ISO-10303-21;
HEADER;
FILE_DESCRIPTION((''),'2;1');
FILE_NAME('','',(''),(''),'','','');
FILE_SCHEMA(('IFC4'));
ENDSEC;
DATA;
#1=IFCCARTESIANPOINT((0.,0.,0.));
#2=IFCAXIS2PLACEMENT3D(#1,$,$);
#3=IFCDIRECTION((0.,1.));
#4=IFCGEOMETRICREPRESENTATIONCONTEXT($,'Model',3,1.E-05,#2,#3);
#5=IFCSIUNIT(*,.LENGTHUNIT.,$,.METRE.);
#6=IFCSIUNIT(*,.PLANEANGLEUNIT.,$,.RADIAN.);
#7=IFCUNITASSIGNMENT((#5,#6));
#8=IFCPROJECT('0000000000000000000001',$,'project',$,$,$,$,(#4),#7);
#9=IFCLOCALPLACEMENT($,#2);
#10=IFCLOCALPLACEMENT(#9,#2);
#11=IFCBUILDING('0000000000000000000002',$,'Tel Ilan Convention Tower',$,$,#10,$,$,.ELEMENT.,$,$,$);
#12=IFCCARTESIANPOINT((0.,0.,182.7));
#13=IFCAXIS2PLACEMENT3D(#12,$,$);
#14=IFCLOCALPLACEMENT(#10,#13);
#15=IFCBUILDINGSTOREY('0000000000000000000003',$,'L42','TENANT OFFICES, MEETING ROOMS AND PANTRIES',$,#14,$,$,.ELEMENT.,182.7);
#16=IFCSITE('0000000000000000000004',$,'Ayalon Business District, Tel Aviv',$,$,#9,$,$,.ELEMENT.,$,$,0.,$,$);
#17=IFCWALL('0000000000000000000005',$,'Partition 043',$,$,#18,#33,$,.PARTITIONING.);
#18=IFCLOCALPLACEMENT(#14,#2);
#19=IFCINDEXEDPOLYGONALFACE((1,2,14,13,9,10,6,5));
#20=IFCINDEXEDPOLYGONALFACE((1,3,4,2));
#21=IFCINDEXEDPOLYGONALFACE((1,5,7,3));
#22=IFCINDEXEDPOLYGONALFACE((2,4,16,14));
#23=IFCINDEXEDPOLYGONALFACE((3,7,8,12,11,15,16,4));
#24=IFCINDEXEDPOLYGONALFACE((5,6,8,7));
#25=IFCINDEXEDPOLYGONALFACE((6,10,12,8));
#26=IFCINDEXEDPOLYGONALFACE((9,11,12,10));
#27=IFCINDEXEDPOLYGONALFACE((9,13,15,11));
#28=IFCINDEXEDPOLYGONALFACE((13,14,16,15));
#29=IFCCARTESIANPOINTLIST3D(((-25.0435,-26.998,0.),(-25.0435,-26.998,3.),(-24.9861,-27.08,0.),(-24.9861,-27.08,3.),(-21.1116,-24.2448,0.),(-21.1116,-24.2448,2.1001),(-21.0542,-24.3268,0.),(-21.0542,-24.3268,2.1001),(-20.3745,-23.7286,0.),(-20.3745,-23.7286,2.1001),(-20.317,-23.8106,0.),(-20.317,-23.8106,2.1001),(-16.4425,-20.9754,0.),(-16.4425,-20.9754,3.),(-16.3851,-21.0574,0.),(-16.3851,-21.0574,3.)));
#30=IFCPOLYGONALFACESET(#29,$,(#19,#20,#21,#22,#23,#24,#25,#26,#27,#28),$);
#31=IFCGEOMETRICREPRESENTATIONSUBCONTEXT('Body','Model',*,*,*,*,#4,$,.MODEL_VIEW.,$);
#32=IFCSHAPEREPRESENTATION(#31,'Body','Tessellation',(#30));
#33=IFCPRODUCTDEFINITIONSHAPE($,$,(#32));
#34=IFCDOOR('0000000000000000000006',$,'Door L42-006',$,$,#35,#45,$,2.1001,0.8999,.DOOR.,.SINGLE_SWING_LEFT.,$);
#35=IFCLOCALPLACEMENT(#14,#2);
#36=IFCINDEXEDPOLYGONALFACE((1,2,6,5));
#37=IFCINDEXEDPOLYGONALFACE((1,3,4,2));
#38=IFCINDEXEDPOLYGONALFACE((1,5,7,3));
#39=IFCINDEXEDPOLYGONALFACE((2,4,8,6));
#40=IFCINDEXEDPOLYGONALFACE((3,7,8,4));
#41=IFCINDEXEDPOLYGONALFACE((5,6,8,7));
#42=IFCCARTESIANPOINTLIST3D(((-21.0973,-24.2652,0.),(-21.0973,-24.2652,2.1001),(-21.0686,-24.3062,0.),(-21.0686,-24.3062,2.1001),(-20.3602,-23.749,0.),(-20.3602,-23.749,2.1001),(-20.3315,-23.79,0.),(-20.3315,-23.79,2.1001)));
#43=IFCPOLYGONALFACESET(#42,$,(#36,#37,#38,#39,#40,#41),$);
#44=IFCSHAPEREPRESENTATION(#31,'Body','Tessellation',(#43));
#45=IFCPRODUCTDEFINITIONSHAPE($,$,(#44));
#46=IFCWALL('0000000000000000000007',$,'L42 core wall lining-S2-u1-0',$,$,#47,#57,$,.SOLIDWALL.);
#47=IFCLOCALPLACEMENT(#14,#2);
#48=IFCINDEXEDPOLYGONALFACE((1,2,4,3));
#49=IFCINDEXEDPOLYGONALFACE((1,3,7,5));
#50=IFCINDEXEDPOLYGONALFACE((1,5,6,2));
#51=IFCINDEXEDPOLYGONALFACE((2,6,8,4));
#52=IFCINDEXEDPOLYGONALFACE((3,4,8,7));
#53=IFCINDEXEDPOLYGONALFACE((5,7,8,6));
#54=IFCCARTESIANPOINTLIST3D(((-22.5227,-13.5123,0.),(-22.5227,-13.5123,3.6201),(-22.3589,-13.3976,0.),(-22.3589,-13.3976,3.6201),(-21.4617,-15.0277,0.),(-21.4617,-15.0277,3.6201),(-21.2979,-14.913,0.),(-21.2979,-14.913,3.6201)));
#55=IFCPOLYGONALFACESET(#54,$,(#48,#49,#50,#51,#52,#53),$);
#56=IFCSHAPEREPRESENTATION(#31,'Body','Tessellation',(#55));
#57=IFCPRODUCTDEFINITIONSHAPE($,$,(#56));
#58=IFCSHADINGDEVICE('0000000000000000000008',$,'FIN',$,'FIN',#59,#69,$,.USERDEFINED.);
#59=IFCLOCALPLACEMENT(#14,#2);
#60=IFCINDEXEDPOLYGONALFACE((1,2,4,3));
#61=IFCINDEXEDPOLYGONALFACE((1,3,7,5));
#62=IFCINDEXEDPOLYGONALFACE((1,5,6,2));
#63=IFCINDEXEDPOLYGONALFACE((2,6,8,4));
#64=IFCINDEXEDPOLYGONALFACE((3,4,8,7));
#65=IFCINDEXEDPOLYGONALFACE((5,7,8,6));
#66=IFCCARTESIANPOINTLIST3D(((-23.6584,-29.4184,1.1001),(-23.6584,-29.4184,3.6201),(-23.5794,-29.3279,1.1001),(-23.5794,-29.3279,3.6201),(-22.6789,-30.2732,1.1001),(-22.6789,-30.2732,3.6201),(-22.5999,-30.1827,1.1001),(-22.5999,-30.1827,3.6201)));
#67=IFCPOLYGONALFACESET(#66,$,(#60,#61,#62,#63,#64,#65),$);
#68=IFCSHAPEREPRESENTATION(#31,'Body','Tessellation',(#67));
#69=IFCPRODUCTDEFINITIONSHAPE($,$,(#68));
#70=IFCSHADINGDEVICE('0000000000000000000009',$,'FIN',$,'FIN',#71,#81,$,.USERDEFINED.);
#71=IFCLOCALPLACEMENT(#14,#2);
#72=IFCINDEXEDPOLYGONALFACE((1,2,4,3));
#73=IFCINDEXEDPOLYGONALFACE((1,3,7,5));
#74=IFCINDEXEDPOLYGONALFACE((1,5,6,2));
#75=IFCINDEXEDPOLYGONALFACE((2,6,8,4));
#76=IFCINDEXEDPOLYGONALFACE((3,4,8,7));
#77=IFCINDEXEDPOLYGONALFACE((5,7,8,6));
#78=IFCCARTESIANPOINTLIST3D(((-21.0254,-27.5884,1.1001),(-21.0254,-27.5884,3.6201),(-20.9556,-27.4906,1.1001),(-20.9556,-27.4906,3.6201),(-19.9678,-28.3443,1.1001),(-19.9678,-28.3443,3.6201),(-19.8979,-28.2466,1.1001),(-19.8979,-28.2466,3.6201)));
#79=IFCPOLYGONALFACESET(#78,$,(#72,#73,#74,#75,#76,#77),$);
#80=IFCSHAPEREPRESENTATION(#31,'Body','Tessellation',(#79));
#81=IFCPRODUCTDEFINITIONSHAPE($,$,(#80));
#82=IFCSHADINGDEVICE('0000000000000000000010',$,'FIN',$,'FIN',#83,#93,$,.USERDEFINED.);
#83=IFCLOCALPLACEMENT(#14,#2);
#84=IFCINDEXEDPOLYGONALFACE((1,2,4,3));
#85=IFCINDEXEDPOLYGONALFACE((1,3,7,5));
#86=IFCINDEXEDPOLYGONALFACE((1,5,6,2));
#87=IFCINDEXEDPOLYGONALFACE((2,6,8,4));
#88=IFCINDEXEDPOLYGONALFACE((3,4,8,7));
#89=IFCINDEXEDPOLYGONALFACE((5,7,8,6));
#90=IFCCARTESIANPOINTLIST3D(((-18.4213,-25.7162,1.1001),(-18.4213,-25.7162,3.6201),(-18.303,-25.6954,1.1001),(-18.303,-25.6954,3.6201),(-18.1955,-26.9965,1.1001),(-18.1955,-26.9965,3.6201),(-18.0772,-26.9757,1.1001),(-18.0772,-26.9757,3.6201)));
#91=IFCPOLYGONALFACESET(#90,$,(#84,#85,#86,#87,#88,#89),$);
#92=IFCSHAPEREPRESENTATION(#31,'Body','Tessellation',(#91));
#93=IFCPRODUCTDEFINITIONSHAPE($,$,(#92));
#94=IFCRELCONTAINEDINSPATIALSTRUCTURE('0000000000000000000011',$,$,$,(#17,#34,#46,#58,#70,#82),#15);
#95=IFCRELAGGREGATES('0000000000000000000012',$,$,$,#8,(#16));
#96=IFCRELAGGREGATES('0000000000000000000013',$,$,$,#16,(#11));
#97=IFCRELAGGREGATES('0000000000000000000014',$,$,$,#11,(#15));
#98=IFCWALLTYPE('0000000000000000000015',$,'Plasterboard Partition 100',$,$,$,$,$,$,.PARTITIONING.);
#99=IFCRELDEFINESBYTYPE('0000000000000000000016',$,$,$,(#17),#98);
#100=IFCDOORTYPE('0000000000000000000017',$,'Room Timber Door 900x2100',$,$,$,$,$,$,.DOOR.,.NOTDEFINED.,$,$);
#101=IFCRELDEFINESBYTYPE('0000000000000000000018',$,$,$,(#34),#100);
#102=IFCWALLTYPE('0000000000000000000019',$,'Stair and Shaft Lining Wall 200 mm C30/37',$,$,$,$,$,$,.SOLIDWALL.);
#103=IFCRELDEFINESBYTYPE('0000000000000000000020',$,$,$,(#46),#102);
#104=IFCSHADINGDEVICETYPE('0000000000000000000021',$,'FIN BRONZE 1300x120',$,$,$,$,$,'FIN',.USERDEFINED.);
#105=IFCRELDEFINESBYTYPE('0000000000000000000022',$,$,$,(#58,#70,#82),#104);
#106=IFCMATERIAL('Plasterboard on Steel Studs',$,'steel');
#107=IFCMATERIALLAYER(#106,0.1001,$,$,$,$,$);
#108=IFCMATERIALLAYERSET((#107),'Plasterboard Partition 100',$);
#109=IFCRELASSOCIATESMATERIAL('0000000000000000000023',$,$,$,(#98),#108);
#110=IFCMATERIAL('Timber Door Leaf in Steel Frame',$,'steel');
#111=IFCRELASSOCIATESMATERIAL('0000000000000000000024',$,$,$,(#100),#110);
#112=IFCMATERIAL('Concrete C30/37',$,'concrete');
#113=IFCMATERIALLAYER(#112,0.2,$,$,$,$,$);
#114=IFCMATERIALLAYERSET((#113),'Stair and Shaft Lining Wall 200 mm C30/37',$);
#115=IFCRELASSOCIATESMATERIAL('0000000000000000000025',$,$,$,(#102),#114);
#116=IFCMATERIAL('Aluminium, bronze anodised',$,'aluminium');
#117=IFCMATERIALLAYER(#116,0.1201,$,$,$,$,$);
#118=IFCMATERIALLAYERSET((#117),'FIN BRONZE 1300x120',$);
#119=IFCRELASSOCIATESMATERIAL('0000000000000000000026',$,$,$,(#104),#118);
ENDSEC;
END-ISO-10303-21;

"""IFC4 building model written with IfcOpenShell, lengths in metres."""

from ifc_helpers import new_model, si_unit, direction, frame, frame_2d, origin, origin_2d, place, context, subcontext, project, spatial, rectangle, extrude, material, layer, layer_set, type_object, element, fill, save


model = new_model("IFC4")

# Units and contexts
model_context = context("Model", 3, precision=1e-05, world=origin(), true_north=direction((0.0, 1.0)))
body_context = subcontext(model_context, "Body", "Model", "MODEL_VIEW")
ifc_project = project(units=[si_unit("LENGTHUNIT", "METRE"), si_unit("PLANEANGLEUNIT", "RADIAN")], contexts=[model_context])

# Site, building, storey
site_placement = place(None, origin())
site = spatial("IfcSite", under=ifc_project, at=site_placement, Name="Ayalon Business District, Tel Aviv", CompositionType="ELEMENT", RefElevation=0.0)
building_placement = place(site_placement, origin())
building = spatial("IfcBuilding", under=site, at=building_placement, Name="Tel Ilan Convention Tower", CompositionType="ELEMENT")
storey_placement = place(building_placement, frame((0.0, 0.0, 182.7)))
storey = spatial("IfcBuildingStorey", under=building, at=storey_placement, Name="L42", Description="TENANT OFFICES, MEETING ROOMS AND PANTRIES", CompositionType="ELEMENT", Elevation=182.7)

# Wall, opening, door
ifc_material_1 = material(Name="Plasterboard on Steel Studs", Category="steel")
ifc_layer_1 = layer(ifc_material_1, 0.1001)
ifc_layer_set_1 = layer_set([ifc_layer_1], Name="Plasterboard Partition 100")
wall_type_1 = type_object("IfcWallType", Name="Plasterboard Partition 100", PredefinedType="PARTITIONING", material=ifc_layer_set_1)
wall_1_placement = place(storey_placement, frame((-16.4138, -21.0164, 0.0), z_axis=(0.0, 0.0, 1.0), x_axis=(-0.819145, -0.573587, 0.0)))
wall_1 = element("IfcWall", 1, at=wall_1_placement, inside=storey, type_object=wall_type_1, Name="Partition 043", PredefinedType="PARTITIONING", context=body_context, shape_type="SweptSolid", body=[
    extrude(rectangle(XDim=10.5, YDim=0.1001, at=frame_2d((5.25, 0.0))), origin(), (0.0, 0.0, 1.0), 3.0),
])
opening_1_placement = place(wall_1_placement, frame((4.8, 0.0, 0.0)))
opening_1 = element("IfcOpeningElement", 2, at=opening_1_placement, cuts=wall_1, PredefinedType="OPENING", context=body_context, shape_type="SweptSolid", body=[
    extrude(rectangle(XDim=0.8999, YDim=2.1001, at=frame_2d((0.45, 1.05))), frame((0.0, 0.0601, 0.0), z_axis=(0.0, -1.0, 0.0), x_axis=(1.0, 0.0, 0.0)), (0.0, 0.0, 1.0), 0.1201),
])
ifc_material_2 = material(Name="Timber Door Leaf in Steel Frame", Category="steel")
door_type_1 = type_object("IfcDoorType", Name="Room Timber Door 900x2100", OperationType="NOTDEFINED", PredefinedType="DOOR", material=ifc_material_2)
door_1_placement = place(opening_1_placement, origin())
door_1 = element("IfcDoor", 3, at=door_1_placement, inside=storey, type_object=door_type_1, Name="Door L42-006", OperationType="SINGLE_SWING_LEFT", OverallHeight=2.1001, OverallWidth=0.8999, PredefinedType="DOOR", context=body_context, shape_type="SweptSolid", body=[
    extrude(rectangle(XDim=0.8999, YDim=2.1001, at=frame_2d((0.45, 1.05))), frame((0.0, 0.0249, 0.0), z_axis=(0.0, -1.0, 0.0), x_axis=(1.0, 0.0, 0.0)), (0.0, 0.0, 1.0), 0.05),
])
fill(opening_1, door_1)

# Wall
ifc_material_3 = material(Name="Concrete C30/37", Category="concrete")
ifc_layer_2 = layer(ifc_material_3, 0.2)
ifc_layer_set_2 = layer_set([ifc_layer_2], Name="Stair and Shaft Lining Wall 200 mm C30/37")
wall_type_2 = type_object("IfcWallType", Name="Stair and Shaft Lining Wall 200 mm C30/37", PredefinedType="SOLIDWALL", material=ifc_layer_set_2)
wall_2_placement = place(storey_placement, frame((-21.3799, -14.9702, 0.0), z_axis=(0.0, 0.0, 1.0), x_axis=(-0.57356, 0.819164, 0.0)))
element("IfcWall", 4, at=wall_2_placement, inside=storey, type_object=wall_type_2, Name="L42 core wall lining-S2-u1-0", PredefinedType="SOLIDWALL", context=body_context, shape_type="SweptSolid", body=[
    extrude(rectangle(XDim=1.8499, YDim=0.2, at=frame_2d((0.9248, 0.0))), origin(), (0.0, 0.0, 1.0), 3.6201),
])

# Shading devices
ifc_material_4 = material(Name="Aluminium, bronze anodised", Category="aluminium")
ifc_layer_3 = layer(ifc_material_4, 0.1201)
ifc_layer_set_3 = layer_set([ifc_layer_3], Name="FIN BRONZE 1300x120")
shading_device_type = type_object("IfcShadingDeviceType", Name="FIN BRONZE 1300x120", ElementType="FIN", PredefinedType="USERDEFINED", material=ifc_layer_set_3)
for number, where, z_axis, x_axis, name in (
    (5, (-23.1292, -29.8005, 1.1001), (0.0, 0.0, 1.0), (0.753436, -0.657521, 0.0), "FIN"),
    (6, (-20.4617, -27.9175, 1.1001), (0.0, 0.0, 1.0), (0.813552, -0.581492, 0.0), "FIN"),
    (7, (-18.2493, -26.3459, 1.1001), (0.0, 0.0, 1.0), (0.173648, -0.984808, 0.0), "FIN"),
):
    element("IfcShadingDevice", number, at=place(storey_placement, frame(where, z_axis=z_axis, x_axis=x_axis)), inside=storey, type_object=shading_device_type, Name=name, ObjectType="FIN", PredefinedType="USERDEFINED", context=body_context, shape_type="SweptSolid", body=[
        extrude(rectangle(XDim=1.3, YDim=0.1201, at=origin_2d()), origin(), (0.0, 0.0, 1.0), 2.52),
    ])

save(model, "model.ifc")
